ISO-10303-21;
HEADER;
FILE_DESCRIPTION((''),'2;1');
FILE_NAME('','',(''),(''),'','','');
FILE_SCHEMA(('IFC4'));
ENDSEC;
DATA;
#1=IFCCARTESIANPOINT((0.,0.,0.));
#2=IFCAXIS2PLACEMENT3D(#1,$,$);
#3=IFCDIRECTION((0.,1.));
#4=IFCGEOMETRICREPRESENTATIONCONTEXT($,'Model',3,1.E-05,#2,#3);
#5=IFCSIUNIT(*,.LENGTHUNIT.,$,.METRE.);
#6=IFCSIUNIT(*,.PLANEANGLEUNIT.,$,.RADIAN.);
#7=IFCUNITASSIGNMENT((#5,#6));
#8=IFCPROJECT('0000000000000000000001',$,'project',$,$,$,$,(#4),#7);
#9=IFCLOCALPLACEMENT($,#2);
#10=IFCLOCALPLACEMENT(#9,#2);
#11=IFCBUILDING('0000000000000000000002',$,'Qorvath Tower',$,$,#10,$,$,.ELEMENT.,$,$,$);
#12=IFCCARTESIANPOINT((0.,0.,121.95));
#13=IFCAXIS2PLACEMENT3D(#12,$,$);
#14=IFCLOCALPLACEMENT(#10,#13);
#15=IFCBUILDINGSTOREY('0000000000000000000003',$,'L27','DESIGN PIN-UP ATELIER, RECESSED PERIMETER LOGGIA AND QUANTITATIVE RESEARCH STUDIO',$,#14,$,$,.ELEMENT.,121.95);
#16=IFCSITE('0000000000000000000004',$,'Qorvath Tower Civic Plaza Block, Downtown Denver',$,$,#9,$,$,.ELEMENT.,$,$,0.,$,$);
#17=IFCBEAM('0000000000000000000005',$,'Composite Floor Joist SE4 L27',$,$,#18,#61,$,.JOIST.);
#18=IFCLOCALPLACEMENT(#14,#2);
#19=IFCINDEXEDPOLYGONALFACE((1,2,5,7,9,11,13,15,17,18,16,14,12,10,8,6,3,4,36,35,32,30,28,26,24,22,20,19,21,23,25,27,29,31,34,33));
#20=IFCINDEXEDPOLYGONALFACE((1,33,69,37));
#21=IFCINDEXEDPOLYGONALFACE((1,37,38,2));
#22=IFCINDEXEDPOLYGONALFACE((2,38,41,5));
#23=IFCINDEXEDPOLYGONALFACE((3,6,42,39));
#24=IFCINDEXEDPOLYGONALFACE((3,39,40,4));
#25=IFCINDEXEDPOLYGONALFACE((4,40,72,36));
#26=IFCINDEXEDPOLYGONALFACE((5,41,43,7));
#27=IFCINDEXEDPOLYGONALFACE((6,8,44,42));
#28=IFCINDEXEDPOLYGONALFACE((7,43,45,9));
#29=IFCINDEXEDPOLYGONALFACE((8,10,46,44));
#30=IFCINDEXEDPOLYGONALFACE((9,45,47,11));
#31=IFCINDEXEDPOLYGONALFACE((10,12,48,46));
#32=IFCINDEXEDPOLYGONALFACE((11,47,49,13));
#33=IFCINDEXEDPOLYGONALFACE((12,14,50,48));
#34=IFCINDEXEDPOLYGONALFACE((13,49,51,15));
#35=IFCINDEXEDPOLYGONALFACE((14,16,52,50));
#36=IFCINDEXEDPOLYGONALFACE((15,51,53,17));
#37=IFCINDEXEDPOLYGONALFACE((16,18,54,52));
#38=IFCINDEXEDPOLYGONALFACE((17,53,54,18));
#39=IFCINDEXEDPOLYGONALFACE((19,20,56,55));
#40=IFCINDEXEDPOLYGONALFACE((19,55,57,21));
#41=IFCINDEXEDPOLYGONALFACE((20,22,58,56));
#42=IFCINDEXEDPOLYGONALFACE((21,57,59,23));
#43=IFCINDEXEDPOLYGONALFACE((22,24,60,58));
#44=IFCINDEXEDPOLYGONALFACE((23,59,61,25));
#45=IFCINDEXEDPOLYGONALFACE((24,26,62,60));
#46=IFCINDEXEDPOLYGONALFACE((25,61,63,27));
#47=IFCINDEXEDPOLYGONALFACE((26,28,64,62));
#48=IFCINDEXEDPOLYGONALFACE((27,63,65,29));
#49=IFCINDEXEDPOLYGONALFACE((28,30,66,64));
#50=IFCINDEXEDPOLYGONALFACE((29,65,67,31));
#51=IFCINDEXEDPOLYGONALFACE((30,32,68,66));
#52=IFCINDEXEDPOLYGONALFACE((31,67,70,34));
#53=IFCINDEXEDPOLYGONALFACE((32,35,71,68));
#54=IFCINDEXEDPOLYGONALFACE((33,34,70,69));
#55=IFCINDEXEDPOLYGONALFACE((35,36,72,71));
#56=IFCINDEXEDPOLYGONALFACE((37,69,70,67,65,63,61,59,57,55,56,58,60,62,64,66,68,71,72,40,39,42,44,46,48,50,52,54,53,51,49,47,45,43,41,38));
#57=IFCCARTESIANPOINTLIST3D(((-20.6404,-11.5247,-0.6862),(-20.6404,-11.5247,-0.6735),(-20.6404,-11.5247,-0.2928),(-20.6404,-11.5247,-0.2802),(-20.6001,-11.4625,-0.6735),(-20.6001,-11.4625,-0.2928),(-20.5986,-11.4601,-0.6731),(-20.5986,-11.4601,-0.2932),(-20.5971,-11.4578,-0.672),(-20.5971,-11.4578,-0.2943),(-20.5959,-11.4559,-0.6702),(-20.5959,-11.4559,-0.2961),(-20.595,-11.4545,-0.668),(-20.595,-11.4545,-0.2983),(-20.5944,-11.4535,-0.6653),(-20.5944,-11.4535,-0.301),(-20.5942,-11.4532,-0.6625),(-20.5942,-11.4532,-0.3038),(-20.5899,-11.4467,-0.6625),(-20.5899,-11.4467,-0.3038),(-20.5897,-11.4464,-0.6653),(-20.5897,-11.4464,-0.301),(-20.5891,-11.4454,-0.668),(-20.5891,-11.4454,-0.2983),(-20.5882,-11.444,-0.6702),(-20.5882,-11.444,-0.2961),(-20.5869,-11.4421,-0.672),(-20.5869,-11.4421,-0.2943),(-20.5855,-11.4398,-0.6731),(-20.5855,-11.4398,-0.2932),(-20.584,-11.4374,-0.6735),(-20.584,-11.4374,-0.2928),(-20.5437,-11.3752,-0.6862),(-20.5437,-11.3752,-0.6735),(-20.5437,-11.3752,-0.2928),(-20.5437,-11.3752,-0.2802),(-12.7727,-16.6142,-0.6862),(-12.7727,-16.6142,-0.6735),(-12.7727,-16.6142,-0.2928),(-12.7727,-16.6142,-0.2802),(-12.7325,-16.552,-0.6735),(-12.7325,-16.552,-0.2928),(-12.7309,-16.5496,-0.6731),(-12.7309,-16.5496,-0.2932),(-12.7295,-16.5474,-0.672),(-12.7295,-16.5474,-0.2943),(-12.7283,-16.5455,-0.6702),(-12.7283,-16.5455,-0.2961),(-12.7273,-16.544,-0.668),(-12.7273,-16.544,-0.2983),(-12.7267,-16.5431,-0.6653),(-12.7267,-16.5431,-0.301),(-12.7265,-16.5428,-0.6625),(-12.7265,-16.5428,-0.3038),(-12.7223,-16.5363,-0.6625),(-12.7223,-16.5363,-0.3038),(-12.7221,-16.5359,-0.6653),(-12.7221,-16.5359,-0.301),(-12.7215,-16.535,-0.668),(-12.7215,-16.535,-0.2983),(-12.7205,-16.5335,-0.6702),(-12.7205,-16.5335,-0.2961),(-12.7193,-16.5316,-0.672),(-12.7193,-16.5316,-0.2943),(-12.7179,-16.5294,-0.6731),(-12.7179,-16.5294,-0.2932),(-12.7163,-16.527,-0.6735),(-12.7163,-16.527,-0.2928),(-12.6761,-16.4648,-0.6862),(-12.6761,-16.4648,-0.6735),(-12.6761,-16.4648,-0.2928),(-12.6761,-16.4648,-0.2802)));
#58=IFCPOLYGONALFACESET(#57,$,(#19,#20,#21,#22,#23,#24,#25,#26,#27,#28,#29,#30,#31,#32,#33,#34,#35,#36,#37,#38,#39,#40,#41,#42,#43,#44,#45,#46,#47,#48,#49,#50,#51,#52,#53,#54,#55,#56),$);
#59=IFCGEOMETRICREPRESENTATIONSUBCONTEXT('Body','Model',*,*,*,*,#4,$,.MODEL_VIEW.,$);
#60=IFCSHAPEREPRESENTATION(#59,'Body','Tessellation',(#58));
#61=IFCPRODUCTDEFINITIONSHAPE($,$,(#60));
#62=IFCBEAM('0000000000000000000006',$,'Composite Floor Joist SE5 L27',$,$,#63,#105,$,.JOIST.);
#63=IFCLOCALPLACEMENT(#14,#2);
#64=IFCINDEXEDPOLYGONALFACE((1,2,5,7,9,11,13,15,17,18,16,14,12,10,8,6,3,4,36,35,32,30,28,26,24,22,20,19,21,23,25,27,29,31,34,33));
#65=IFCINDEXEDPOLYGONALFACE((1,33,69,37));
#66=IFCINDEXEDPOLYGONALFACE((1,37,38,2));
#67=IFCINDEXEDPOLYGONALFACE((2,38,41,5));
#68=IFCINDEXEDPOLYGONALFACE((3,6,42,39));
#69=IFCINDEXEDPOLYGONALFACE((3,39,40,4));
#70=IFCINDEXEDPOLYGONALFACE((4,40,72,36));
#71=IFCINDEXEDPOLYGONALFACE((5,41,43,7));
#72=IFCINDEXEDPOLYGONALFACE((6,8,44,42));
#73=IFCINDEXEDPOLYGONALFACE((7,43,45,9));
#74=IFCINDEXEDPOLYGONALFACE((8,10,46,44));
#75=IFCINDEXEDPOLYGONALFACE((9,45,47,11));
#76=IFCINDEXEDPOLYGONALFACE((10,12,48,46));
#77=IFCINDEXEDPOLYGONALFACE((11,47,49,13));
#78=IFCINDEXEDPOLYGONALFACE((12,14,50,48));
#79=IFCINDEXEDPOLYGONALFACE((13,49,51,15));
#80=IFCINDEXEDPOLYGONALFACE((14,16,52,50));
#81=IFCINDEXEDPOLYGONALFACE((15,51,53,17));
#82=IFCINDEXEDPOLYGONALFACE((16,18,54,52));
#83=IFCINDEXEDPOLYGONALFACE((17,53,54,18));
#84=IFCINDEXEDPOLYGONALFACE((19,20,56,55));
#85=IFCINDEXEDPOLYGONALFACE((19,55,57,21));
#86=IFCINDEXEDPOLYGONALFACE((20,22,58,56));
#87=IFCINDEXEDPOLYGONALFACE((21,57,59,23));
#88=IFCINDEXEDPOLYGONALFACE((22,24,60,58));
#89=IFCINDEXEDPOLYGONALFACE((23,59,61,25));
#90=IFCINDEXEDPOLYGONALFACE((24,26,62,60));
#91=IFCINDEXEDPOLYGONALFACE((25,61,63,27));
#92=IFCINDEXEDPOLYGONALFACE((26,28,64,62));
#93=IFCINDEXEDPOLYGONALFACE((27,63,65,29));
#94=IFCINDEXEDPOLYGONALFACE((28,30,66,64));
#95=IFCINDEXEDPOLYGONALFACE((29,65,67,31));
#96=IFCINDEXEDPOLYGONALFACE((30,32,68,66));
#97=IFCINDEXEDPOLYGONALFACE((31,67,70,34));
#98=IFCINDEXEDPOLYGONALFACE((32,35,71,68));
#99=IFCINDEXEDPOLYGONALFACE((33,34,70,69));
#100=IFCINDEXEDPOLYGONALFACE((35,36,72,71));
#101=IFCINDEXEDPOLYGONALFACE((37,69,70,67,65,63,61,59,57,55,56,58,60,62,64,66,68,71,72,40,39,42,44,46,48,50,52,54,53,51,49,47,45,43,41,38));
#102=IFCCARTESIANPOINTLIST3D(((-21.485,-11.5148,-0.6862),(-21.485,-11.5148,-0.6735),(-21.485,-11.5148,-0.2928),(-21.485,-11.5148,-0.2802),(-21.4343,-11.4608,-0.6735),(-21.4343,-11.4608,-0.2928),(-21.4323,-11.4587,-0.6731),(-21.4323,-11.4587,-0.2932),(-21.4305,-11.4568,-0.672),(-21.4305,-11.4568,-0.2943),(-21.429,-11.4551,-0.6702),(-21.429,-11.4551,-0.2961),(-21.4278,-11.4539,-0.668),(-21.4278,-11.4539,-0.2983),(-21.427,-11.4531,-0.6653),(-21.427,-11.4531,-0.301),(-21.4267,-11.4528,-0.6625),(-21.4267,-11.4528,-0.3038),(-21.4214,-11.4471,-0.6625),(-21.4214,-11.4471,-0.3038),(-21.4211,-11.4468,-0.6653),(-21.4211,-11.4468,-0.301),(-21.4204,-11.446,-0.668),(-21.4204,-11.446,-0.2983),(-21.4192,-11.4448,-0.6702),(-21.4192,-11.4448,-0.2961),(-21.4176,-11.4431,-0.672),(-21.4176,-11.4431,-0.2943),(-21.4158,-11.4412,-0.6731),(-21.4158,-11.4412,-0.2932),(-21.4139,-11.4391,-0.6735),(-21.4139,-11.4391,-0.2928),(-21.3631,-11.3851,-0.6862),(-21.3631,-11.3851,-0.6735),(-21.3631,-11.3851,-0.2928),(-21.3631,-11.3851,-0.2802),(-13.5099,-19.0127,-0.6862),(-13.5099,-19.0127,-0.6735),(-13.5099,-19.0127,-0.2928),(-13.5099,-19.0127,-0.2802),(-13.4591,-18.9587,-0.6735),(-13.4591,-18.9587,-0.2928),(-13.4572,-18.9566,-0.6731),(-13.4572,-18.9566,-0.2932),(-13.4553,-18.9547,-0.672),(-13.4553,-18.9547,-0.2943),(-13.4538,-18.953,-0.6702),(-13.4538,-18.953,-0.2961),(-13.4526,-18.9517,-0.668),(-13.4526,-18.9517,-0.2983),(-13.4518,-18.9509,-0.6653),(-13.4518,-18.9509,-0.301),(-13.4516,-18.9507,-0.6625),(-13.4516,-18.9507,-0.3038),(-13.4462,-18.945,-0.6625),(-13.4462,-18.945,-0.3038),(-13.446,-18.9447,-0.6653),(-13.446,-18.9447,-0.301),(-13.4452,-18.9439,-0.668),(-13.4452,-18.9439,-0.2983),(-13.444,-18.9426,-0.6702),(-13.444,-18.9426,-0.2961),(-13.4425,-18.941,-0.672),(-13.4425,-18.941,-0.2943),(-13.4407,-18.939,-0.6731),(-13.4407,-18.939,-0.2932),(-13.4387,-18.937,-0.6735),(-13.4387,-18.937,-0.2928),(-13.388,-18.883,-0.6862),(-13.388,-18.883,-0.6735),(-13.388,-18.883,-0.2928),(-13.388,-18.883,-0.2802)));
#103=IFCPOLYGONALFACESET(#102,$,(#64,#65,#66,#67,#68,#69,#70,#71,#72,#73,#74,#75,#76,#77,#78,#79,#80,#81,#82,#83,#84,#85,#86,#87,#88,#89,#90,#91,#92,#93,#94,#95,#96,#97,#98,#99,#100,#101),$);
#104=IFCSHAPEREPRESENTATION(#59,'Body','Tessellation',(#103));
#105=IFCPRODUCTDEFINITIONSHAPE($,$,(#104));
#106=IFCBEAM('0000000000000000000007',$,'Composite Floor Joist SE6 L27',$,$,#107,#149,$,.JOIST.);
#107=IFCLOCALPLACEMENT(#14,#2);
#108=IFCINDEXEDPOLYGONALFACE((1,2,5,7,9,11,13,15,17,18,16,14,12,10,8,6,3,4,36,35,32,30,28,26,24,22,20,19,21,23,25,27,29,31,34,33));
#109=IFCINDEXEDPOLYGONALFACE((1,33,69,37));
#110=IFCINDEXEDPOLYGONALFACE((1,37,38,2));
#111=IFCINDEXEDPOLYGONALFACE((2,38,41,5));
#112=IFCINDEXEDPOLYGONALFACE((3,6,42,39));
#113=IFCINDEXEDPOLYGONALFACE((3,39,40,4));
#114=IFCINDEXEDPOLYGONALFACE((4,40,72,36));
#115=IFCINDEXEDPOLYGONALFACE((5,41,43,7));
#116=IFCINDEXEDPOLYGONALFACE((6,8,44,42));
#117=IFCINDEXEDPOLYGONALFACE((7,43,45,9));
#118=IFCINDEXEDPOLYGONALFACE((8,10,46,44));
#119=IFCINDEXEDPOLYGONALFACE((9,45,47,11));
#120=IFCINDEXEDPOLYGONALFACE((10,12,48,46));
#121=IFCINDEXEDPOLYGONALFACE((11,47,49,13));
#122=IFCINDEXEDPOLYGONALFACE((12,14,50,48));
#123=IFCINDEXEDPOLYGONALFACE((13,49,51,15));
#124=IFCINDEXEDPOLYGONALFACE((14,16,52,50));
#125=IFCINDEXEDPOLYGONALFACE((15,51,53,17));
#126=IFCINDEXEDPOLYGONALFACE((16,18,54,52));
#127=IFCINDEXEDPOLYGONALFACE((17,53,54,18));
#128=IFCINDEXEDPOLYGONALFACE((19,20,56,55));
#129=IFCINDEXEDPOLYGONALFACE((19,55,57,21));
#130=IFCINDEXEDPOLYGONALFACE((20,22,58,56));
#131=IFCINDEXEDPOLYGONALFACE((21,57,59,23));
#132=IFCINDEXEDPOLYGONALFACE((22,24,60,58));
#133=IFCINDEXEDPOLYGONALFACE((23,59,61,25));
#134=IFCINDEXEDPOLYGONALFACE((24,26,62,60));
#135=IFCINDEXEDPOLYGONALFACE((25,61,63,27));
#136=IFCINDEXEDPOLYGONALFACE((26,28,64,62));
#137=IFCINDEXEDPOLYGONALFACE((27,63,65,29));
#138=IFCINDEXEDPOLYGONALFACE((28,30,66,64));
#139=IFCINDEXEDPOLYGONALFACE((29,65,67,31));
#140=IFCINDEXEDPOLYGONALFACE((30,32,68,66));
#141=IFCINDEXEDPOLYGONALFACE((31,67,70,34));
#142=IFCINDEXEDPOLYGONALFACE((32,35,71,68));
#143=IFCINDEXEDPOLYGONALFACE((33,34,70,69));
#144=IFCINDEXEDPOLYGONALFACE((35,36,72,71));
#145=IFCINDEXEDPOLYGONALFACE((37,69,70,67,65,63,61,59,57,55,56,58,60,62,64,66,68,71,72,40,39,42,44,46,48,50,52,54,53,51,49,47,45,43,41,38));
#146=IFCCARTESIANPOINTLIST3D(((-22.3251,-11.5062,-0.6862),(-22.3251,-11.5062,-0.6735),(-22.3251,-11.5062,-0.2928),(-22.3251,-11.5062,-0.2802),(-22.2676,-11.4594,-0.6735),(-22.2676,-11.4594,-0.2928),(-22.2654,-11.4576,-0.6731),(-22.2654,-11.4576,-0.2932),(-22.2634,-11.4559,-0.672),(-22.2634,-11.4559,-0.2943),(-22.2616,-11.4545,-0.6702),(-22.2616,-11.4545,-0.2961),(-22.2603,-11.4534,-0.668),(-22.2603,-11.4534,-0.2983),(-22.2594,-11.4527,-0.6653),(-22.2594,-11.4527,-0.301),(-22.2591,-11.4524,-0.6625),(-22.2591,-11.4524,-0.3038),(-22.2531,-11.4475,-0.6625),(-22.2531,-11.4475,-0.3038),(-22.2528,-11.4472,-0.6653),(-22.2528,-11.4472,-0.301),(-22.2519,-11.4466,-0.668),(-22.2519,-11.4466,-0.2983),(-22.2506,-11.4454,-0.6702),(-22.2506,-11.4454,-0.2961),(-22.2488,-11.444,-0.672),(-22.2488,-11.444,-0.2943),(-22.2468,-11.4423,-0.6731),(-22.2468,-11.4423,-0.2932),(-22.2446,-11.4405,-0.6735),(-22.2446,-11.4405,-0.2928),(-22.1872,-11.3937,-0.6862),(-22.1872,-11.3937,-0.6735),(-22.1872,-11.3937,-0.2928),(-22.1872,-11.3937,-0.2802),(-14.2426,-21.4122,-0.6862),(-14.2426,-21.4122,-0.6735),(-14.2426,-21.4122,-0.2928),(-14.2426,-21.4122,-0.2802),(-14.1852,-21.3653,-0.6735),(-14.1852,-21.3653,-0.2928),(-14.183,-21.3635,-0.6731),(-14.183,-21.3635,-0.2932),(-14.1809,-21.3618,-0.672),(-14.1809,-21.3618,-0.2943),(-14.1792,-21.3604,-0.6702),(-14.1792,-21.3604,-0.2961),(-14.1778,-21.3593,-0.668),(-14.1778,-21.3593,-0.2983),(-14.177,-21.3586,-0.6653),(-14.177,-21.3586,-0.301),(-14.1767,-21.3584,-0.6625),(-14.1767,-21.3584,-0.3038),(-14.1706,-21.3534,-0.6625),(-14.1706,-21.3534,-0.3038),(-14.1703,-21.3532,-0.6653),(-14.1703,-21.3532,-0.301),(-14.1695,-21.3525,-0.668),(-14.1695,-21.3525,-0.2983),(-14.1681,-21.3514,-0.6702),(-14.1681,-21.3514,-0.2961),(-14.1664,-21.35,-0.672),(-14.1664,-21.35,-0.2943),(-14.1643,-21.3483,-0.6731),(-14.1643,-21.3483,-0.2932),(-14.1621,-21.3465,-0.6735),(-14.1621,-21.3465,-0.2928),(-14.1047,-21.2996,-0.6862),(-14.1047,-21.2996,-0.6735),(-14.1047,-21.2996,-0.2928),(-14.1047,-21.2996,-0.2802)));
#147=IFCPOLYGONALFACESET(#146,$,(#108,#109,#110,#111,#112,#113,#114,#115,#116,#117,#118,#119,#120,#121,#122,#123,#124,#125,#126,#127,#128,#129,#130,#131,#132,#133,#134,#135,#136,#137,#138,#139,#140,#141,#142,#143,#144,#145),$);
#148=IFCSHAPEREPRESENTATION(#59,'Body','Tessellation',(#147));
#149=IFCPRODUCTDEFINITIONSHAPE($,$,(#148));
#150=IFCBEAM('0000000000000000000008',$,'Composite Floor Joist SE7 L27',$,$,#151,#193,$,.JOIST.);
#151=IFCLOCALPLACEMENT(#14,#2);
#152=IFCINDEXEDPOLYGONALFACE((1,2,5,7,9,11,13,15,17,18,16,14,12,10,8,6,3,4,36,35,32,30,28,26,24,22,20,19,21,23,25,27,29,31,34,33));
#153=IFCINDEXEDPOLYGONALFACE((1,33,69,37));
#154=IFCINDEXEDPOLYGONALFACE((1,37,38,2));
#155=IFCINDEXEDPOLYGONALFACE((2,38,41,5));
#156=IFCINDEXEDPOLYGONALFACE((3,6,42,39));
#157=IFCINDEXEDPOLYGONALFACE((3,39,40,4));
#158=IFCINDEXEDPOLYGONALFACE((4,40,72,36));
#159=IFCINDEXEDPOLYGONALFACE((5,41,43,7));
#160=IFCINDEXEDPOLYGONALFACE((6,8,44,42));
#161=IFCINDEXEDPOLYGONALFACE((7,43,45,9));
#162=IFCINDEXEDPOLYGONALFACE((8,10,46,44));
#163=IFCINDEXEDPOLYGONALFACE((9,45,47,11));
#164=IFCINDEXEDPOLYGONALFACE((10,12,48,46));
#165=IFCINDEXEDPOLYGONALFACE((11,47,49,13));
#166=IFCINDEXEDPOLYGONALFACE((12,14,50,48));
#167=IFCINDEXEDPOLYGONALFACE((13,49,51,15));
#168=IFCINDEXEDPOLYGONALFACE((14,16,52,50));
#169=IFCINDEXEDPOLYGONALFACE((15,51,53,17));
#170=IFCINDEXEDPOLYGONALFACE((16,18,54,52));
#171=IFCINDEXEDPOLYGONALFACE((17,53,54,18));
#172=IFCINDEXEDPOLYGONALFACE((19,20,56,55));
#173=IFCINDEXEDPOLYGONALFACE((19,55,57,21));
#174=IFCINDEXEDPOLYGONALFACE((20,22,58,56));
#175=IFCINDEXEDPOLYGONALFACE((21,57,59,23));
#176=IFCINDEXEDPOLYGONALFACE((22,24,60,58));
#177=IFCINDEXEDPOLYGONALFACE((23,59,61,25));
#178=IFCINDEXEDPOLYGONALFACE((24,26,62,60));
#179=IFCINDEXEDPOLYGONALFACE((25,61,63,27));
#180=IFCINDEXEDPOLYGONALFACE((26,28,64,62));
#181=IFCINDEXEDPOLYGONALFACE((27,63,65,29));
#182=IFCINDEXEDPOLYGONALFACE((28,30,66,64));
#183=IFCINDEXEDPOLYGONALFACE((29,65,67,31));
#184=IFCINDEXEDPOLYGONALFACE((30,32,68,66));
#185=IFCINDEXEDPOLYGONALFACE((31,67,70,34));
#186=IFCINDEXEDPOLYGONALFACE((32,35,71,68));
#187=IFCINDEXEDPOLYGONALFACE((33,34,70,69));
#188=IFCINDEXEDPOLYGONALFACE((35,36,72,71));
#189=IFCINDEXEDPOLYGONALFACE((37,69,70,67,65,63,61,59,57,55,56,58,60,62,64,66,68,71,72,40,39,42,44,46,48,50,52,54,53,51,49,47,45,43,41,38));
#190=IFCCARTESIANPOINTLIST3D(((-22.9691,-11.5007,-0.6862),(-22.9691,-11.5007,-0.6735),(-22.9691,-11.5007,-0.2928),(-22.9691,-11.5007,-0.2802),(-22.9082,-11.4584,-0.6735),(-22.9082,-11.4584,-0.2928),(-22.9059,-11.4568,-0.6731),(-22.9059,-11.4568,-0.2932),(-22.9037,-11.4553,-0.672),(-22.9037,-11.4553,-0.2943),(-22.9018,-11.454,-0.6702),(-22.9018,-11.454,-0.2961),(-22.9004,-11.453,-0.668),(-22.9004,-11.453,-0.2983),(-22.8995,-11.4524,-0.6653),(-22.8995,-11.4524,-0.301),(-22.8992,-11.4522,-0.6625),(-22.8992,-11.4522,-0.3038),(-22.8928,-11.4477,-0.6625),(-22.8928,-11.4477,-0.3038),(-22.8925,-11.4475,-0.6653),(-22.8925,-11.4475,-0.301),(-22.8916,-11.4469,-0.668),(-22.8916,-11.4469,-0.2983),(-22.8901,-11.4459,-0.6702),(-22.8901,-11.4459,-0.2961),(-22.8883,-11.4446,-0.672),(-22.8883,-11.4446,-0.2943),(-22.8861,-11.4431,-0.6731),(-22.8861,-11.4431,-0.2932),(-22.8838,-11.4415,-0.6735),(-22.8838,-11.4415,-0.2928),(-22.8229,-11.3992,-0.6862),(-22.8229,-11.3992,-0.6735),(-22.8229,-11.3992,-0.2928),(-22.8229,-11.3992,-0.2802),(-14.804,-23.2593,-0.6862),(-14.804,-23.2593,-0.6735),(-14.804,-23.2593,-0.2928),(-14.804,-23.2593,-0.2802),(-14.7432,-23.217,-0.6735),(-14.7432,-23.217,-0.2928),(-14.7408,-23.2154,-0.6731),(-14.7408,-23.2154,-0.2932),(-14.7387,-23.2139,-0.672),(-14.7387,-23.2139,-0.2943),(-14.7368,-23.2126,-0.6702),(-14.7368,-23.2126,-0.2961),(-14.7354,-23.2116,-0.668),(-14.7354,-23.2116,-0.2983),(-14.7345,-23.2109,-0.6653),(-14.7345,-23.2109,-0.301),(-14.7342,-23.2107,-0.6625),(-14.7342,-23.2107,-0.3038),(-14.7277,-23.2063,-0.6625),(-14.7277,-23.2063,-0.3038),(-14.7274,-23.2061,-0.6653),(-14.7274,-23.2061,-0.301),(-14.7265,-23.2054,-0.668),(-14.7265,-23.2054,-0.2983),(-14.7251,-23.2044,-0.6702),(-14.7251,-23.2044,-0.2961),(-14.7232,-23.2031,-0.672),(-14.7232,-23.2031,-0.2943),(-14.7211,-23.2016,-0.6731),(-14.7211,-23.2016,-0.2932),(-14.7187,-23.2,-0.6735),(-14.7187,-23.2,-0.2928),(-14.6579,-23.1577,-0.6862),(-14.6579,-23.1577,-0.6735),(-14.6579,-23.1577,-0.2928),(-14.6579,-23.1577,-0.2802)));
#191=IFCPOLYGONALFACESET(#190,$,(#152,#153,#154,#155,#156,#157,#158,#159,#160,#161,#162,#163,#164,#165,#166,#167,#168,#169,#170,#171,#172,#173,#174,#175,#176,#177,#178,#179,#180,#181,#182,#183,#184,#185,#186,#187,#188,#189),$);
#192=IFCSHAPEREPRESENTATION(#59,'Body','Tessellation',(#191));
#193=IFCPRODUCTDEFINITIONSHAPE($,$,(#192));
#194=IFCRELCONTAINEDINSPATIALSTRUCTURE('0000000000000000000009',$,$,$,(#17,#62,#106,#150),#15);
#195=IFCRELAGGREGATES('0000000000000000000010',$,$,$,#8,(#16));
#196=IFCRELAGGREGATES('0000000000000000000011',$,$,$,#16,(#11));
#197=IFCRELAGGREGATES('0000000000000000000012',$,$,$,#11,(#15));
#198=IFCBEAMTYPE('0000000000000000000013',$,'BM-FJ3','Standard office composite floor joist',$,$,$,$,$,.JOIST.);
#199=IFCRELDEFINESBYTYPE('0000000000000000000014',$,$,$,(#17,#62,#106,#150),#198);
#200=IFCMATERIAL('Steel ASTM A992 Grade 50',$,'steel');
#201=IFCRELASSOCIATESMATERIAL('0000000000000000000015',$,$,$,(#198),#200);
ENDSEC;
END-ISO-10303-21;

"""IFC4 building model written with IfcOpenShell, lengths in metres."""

from ifc_helpers import new_model, si_unit, direction, frame, origin, origin_2d, place, context, subcontext, project, spatial, i_section, extrude, material, material_profile, profile_set, type_object, element, save


model = new_model("IFC4")

# Units and contexts
model_context = context("Model", 3, precision=1e-05, world=origin(), true_north=direction((0.0, 1.0)))
body_context = subcontext(model_context, "Body", "Model", "MODEL_VIEW")
ifc_project = project(units=[si_unit("LENGTHUNIT", "METRE"), si_unit("PLANEANGLEUNIT", "RADIAN")], contexts=[model_context])

# Site, building, storey
site_placement = place(None, origin())
site = spatial("IfcSite", under=ifc_project, at=site_placement, Name="Qorvath Tower Civic Plaza Block, Downtown Denver", CompositionType="ELEMENT", RefElevation=0.0)
building_placement = place(site_placement, origin())
building = spatial("IfcBuilding", under=site, at=building_placement, Name="Qorvath Tower", CompositionType="ELEMENT")
storey_placement = place(building_placement, frame((0.0, 0.0, 121.95)))
storey = spatial("IfcBuildingStorey", under=building, at=storey_placement, Name="L27", Description="DESIGN PIN-UP ATELIER, RECESSED PERIMETER LOGGIA AND QUANTITATIVE RESEARCH STUDIO", CompositionType="ELEMENT", Elevation=121.95)

# Beams
ifc_material_1 = material(Name="Steel ASTM A992 Grade 50", Category="steel")
ifc_material_profile_1 = material_profile(ifc_material_1, i_section(OverallWidth=0.178, OverallDepth=0.406, WebThickness=0.0078, FlangeThickness=0.0127, FilletRadius=0.011, at=origin_2d()), Name="W16x40")
ifc_profile_set_1 = profile_set([ifc_material_profile_1], Name="Steel ASTM A992 Grade 50")
beam_type_1 = type_object("IfcBeamType", Name="BM-FJ3", Description="Standard office composite floor joist", PredefinedType="JOIST", material=ifc_profile_set_1)
beam_1_placement = place(storey_placement, frame((-20.592, -11.45, -0.4832), z_axis=(0.839631, -0.543157, 0.0), x_axis=(0.543157, 0.839631, 0.0)))
element("IfcBeam", 1, at=beam_1_placement, inside=storey, type_object=beam_type_1, Name="Composite Floor Joist SE4 L27", PredefinedType="JOIST", context=body_context, shape_type="SweptSolid", body=[
    extrude(i_section(OverallWidth=0.178, OverallDepth=0.406, WebThickness=0.0078, FlangeThickness=0.0127, FilletRadius=0.011, at=origin_2d()), origin(), (0.0, 0.0, 1.0), 9.3704),
])
beam_2_placement = place(storey_placement, frame((-21.4241, -11.45, -0.4832), z_axis=(0.728572, -0.684969, 0.0), x_axis=(0.684969, 0.728572, 0.0)))
element("IfcBeam", 2, at=beam_2_placement, inside=storey, type_object=beam_type_1, Name="Composite Floor Joist SE5 L27", PredefinedType="JOIST", context=body_context, shape_type="SweptSolid", body=[
    extrude(i_section(OverallWidth=0.178, OverallDepth=0.406, WebThickness=0.0078, FlangeThickness=0.0127, FilletRadius=0.011, at=origin_2d()), origin(), (0.0, 0.0, 1.0), 10.9463),
])
beam_3_placement = place(storey_placement, frame((-22.2561, -11.45, -0.4832), z_axis=(0.632188, -0.774815, 0.0), x_axis=(0.774815, 0.632188, 0.0)))
element("IfcBeam", 3, at=beam_3_placement, inside=storey, type_object=beam_type_1, Name="Composite Floor Joist SE6 L27", PredefinedType="JOIST", context=body_context, shape_type="SweptSolid", body=[
    extrude(i_section(OverallWidth=0.178, OverallDepth=0.406, WebThickness=0.0078, FlangeThickness=0.0127, FilletRadius=0.011, at=origin_2d()), origin(), (0.0, 0.0, 1.0), 12.7849),
])
beam_4_placement = place(storey_placement, frame((-22.896, -11.45, -0.4832), z_axis=(0.570367, -0.82139, 0.0), x_axis=(0.82139, 0.570367, 0.0)))
element("IfcBeam", 4, at=beam_4_placement, inside=storey, type_object=beam_type_1, Name="Composite Floor Joist SE7 L27", PredefinedType="JOIST", context=body_context, shape_type="SweptSolid", body=[
    extrude(i_section(OverallWidth=0.178, OverallDepth=0.406, WebThickness=0.0078, FlangeThickness=0.0127, FilletRadius=0.011, at=origin_2d()), origin(), (0.0, 0.0, 1.0), 14.3154),
])

save(model, "model.ifc")
